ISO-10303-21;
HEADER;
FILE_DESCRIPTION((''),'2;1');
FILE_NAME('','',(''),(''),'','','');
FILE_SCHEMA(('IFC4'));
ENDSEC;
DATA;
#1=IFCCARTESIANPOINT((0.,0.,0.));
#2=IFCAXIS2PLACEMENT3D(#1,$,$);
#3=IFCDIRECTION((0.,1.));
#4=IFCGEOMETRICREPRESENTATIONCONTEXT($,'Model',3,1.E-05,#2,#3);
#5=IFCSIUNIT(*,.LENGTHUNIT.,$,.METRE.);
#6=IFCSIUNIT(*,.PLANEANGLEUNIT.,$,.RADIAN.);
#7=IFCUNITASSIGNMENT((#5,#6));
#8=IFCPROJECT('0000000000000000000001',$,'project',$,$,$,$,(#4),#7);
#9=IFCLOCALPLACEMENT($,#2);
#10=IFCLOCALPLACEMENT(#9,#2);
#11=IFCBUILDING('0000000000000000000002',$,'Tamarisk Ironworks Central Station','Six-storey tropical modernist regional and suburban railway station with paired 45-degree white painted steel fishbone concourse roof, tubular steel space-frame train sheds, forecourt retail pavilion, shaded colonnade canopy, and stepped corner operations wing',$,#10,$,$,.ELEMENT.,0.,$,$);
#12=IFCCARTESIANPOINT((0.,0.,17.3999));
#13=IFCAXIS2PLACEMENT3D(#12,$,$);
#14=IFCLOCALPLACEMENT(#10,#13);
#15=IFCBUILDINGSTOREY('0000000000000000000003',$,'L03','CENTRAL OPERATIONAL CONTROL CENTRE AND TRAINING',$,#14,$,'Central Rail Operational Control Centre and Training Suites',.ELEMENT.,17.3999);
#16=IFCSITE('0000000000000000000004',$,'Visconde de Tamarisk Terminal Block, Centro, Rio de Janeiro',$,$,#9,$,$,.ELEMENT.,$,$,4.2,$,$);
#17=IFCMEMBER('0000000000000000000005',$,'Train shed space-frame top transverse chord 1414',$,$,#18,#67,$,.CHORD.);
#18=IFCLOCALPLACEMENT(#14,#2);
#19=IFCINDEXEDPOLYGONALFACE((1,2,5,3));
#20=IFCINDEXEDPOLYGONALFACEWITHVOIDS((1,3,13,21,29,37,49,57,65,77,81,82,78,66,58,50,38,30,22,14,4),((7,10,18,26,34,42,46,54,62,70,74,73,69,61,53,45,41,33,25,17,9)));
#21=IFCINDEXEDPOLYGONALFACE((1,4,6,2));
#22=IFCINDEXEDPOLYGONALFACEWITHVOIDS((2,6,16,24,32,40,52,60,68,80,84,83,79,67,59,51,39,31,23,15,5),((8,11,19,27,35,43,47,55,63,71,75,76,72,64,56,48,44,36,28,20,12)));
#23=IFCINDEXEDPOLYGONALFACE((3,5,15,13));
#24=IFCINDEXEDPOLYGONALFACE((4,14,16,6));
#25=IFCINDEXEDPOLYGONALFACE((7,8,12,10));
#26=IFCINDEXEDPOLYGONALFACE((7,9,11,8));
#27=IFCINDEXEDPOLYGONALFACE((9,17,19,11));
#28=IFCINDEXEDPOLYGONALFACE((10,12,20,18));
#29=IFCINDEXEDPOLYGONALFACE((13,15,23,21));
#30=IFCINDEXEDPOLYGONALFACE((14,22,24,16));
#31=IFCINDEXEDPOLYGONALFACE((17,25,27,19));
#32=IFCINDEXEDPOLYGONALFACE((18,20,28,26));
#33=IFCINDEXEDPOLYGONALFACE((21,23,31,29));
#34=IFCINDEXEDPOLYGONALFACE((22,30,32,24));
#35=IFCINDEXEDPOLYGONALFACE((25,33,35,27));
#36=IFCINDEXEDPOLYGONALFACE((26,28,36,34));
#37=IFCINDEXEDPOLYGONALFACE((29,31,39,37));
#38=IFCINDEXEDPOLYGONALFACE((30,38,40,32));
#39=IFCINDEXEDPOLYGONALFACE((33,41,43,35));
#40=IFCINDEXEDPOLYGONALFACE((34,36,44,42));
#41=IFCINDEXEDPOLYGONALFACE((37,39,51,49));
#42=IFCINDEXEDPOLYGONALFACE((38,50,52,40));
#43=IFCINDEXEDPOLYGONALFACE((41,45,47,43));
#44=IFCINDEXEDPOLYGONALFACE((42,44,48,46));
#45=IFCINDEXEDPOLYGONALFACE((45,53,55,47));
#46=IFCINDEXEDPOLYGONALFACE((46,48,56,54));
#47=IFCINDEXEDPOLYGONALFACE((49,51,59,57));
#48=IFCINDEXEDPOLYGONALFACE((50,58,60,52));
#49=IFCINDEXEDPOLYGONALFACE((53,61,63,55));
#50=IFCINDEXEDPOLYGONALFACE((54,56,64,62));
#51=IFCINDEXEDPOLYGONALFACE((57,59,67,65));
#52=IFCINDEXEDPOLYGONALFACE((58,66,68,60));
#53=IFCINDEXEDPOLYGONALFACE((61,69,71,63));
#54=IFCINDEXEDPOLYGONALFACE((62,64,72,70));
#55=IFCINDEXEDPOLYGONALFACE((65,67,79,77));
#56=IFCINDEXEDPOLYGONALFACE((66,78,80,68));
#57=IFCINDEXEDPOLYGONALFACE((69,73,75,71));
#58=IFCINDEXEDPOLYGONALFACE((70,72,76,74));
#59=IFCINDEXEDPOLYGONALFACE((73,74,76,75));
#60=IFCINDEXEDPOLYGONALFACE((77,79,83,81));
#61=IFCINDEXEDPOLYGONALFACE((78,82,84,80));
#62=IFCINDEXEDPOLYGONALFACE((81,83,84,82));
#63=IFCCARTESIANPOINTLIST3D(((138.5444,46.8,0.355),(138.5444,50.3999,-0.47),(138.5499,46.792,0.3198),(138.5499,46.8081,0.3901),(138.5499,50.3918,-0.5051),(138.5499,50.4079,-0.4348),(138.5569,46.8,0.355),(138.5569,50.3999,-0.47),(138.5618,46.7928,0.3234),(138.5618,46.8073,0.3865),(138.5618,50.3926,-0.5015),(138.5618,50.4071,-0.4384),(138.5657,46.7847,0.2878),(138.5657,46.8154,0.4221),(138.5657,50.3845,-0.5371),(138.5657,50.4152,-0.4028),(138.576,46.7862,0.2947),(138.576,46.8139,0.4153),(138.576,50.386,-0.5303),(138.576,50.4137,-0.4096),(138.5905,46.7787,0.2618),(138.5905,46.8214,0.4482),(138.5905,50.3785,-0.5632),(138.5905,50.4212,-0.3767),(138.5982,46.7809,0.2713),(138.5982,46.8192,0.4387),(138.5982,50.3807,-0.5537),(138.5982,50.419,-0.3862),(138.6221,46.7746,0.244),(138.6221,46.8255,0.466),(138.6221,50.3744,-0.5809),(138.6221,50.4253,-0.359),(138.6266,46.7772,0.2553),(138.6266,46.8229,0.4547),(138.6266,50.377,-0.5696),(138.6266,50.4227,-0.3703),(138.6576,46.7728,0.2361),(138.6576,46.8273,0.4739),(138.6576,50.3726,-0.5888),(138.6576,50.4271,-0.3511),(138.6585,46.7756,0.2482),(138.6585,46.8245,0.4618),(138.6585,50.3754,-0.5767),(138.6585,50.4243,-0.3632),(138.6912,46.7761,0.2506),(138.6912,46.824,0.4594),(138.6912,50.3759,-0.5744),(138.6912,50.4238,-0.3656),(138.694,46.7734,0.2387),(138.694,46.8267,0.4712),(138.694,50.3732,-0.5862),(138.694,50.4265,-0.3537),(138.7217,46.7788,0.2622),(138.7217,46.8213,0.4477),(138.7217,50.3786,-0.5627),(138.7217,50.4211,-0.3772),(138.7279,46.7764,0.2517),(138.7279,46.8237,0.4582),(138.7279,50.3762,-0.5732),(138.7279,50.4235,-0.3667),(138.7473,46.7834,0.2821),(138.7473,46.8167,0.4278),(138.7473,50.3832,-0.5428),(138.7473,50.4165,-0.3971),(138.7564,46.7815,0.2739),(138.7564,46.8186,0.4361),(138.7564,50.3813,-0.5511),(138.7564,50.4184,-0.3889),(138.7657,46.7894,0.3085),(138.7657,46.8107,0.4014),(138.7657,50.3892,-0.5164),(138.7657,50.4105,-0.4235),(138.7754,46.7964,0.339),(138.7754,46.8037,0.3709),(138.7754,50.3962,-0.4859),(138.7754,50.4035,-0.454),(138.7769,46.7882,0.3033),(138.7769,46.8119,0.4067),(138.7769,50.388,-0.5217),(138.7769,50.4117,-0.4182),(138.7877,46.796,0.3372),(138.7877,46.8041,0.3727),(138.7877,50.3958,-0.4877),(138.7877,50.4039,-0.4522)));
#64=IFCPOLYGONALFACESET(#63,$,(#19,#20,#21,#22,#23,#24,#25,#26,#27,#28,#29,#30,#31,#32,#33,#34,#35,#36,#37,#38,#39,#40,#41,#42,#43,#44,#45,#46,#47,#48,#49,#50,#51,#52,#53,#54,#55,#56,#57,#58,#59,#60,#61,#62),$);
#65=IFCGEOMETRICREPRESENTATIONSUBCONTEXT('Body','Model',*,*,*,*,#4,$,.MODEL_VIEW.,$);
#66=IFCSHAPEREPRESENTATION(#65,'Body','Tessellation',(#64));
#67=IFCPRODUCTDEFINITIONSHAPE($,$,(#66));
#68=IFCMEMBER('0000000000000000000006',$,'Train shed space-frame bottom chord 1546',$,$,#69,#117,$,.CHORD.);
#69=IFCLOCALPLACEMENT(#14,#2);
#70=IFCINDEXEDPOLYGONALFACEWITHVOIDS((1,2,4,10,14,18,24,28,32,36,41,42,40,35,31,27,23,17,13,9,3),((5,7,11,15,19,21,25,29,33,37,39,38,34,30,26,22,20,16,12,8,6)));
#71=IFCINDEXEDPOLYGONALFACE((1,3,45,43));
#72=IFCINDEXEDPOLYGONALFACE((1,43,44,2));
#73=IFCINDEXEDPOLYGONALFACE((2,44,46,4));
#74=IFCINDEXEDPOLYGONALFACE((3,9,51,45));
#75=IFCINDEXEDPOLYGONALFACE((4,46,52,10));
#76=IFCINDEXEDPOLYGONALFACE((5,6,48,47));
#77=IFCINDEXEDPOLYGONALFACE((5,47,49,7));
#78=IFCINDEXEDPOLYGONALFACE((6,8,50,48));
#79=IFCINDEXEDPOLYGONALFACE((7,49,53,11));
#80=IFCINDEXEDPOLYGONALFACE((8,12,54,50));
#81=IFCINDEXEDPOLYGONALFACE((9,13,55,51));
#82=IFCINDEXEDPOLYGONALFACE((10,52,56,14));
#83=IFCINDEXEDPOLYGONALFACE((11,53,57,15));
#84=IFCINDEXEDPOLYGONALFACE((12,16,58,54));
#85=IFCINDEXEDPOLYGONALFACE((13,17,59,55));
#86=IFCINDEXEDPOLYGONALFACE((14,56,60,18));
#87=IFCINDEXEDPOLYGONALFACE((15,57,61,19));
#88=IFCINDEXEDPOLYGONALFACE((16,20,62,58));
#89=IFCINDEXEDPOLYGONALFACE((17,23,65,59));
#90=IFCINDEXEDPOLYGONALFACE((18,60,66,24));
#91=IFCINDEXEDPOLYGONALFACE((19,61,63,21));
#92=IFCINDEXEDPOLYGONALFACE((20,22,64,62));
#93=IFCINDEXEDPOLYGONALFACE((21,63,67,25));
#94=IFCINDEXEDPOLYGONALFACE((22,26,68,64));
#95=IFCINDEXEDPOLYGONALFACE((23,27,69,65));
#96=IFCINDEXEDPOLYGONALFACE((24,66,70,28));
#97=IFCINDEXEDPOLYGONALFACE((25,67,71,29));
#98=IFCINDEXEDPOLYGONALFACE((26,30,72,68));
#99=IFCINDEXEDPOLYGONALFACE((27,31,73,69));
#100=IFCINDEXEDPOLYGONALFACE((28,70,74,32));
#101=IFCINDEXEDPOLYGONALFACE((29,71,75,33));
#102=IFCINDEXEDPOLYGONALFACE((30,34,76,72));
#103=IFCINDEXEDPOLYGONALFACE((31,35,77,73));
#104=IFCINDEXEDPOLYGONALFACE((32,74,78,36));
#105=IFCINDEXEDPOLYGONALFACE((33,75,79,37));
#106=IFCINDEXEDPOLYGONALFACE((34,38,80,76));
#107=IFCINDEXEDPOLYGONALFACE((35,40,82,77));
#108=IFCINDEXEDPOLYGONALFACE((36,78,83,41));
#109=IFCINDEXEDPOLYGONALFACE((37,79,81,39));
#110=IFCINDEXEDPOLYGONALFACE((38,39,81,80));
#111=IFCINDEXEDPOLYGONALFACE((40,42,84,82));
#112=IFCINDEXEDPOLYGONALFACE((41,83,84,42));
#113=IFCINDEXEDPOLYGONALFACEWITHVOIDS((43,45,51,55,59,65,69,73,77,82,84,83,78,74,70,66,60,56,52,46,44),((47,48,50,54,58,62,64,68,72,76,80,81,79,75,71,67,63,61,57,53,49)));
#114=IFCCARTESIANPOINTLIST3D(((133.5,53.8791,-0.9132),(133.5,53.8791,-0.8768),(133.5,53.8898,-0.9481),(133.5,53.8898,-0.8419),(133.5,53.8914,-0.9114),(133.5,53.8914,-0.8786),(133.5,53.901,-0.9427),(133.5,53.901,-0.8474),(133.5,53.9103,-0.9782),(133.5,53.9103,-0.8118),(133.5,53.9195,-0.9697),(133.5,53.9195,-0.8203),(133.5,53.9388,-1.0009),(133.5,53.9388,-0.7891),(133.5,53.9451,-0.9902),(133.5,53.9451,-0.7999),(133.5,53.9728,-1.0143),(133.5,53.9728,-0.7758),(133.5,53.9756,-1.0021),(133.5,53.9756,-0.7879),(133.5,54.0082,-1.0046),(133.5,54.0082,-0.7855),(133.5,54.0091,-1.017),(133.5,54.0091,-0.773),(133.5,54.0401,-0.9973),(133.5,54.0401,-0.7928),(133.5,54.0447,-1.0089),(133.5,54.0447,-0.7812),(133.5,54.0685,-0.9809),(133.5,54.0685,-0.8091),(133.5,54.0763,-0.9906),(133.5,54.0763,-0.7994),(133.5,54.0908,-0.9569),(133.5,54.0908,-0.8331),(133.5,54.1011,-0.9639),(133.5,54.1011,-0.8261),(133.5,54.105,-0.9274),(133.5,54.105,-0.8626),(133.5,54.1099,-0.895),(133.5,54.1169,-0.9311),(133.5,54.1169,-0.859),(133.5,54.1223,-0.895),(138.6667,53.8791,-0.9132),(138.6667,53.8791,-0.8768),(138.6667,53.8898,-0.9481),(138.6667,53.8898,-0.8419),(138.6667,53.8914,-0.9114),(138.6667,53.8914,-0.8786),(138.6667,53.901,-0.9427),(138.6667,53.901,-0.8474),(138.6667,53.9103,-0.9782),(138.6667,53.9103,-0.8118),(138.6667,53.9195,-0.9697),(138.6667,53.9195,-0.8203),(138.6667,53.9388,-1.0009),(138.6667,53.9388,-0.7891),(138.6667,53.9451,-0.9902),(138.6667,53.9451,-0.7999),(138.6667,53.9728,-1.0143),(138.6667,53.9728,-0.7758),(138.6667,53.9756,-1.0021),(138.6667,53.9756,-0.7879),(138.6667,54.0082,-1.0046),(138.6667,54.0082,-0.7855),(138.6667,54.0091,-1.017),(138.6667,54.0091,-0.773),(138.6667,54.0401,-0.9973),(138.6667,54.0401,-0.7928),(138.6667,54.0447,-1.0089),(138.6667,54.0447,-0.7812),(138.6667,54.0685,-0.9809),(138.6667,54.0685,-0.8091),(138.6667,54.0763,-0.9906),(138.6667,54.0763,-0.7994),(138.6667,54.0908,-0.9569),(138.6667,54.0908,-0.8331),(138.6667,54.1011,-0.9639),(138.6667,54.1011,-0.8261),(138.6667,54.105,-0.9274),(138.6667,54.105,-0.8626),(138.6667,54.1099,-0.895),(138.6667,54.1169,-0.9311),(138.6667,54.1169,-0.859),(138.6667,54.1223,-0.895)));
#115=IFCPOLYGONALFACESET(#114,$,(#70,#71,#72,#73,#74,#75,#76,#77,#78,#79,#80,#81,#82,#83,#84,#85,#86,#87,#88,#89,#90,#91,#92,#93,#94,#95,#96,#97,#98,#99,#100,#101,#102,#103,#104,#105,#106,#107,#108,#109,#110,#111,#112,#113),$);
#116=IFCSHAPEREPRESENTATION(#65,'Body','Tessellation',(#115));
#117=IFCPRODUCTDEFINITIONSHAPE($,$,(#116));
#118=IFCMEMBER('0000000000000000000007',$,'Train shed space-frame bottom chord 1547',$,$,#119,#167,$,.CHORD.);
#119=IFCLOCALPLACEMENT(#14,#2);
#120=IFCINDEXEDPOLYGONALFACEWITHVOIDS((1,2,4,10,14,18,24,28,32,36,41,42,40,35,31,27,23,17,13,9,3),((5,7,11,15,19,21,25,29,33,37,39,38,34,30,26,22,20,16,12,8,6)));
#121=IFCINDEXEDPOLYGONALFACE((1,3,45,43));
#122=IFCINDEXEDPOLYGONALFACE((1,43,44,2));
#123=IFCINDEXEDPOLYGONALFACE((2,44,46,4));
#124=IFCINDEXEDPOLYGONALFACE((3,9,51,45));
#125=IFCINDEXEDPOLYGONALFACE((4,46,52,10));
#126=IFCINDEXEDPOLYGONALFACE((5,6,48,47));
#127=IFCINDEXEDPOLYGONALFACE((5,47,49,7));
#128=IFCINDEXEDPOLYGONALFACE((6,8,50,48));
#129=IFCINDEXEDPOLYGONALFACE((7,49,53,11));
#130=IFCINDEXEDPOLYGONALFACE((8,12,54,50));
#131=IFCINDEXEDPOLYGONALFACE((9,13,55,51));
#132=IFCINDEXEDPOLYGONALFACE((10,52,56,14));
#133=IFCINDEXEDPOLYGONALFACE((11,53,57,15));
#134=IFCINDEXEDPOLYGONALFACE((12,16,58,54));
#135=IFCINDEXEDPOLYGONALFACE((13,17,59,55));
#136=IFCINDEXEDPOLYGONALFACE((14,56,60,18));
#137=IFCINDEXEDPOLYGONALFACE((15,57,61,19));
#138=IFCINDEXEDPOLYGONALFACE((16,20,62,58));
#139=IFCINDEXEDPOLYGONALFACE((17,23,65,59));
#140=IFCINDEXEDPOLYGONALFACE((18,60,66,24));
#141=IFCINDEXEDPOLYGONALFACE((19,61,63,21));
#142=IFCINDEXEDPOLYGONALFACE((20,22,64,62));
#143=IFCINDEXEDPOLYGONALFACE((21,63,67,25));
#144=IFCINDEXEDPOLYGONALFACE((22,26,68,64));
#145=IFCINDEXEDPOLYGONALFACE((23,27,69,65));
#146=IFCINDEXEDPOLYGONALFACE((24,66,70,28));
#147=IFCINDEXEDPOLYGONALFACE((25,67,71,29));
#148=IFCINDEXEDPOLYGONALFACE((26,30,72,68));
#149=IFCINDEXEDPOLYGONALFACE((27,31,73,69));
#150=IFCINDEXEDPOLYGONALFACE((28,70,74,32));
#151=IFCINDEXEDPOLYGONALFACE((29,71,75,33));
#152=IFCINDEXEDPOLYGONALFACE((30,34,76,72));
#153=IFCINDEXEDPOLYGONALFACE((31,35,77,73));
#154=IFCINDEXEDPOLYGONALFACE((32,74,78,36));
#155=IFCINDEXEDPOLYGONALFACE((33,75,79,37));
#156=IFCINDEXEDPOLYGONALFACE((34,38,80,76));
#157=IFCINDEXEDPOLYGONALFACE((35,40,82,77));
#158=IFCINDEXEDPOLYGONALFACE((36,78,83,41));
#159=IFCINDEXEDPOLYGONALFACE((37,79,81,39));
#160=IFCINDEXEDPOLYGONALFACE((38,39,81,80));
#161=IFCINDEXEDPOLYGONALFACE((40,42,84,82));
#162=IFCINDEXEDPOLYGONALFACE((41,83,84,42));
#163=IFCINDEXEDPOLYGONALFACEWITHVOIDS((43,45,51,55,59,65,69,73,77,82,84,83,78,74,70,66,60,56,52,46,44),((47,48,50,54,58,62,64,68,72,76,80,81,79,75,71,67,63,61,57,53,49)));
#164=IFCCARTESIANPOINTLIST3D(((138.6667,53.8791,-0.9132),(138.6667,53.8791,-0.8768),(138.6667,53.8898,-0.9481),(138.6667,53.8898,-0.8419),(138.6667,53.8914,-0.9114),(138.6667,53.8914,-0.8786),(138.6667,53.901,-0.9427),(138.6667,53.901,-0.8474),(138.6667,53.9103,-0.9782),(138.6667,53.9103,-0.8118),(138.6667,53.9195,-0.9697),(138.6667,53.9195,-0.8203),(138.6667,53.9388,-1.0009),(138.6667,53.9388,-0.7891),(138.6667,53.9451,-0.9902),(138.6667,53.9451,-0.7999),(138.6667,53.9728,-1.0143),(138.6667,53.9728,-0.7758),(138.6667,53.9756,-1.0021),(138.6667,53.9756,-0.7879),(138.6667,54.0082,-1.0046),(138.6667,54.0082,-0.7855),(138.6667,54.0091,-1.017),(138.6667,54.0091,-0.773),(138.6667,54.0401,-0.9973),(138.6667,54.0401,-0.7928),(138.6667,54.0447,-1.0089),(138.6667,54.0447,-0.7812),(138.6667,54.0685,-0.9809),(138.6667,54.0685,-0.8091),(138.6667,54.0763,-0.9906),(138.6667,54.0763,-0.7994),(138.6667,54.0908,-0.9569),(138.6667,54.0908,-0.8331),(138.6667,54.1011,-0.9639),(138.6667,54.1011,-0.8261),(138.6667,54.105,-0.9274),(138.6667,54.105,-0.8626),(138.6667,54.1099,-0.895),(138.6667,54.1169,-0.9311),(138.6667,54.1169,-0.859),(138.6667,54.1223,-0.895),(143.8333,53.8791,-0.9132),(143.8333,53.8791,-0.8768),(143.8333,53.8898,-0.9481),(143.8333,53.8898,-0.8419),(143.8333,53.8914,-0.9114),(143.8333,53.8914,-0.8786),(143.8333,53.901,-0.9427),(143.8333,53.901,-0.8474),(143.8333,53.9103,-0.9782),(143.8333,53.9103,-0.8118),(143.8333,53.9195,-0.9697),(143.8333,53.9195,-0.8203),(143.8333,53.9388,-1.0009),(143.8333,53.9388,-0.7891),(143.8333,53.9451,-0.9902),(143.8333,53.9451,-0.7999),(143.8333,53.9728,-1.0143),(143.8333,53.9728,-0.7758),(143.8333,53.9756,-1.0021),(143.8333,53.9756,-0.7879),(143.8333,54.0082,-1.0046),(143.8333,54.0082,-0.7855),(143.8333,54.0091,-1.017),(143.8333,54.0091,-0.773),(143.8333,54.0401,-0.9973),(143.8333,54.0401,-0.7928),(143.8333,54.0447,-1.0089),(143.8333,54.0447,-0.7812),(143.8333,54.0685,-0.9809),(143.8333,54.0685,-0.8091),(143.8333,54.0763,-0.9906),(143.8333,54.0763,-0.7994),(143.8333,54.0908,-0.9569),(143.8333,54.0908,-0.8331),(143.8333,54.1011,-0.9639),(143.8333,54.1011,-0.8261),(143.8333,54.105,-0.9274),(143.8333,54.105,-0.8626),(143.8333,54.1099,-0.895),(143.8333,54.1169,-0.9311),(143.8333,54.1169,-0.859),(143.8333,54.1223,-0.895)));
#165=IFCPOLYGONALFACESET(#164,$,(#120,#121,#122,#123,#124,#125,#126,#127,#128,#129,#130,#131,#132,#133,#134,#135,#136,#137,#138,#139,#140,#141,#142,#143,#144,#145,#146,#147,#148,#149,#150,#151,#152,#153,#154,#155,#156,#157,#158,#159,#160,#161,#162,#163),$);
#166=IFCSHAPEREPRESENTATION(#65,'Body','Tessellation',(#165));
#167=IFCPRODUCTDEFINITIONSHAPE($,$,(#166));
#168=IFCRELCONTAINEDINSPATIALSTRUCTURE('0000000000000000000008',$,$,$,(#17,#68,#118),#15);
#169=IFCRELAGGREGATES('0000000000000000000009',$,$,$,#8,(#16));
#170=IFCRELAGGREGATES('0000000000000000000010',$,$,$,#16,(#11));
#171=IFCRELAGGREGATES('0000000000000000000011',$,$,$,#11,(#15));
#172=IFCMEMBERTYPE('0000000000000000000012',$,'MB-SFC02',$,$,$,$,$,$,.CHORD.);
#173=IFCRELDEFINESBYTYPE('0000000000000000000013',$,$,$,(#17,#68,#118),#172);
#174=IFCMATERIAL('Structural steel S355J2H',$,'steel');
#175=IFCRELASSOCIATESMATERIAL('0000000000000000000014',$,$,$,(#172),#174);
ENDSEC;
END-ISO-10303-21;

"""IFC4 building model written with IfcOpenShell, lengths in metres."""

from ifc_helpers import new_model, si_unit, direction, frame, origin, origin_2d, place, context, subcontext, project, spatial, hollow_circle, extrude, material, material_profile, profile_set, type_object, element, save


model = new_model("IFC4")

# Units and contexts
model_context = context("Model", 3, precision=1e-05, world=origin(), true_north=direction((0.0, 1.0)))
body_context = subcontext(model_context, "Body", "Model", "MODEL_VIEW")
ifc_project = project(units=[si_unit("LENGTHUNIT", "METRE"), si_unit("PLANEANGLEUNIT", "RADIAN")], contexts=[model_context])

# Site, building, storey
site_placement = place(None, origin())
site = spatial("IfcSite", under=ifc_project, at=site_placement, Name="Visconde de Tamarisk Terminal Block, Centro, Rio de Janeiro", CompositionType="ELEMENT", RefElevation=4.2)
building_placement = place(site_placement, origin())
building = spatial("IfcBuilding", under=site, at=building_placement, Name="Tamarisk Ironworks Central Station", Description="Six-storey tropical modernist regional and suburban railway station with paired 45-degree white painted steel fishbone concourse roof, tubular steel space-frame train sheds, forecourt retail pavilion, shaded colonnade canopy, and stepped corner operations wing", CompositionType="ELEMENT", ElevationOfRefHeight=0.0)
storey_placement = place(building_placement, frame((0.0, 0.0, 17.3999)))
storey = spatial("IfcBuildingStorey", under=building, at=storey_placement, Name="L03", Description="CENTRAL OPERATIONAL CONTROL CENTRE AND TRAINING", LongName="Central Rail Operational Control Centre and Training Suites", CompositionType="ELEMENT", Elevation=17.3999)

# Members
ifc_material = material(Name="Structural steel S355J2H", Category="steel")
ifc_material_profile_1 = material_profile(ifc_material, hollow_circle(Radius=0.1223, WallThickness=0.0125, at=origin_2d()), Name="CHS 244.5x12.5")
ifc_profile_set_1 = profile_set([ifc_material_profile_1], Name="Structural steel S355J2H")
member_type_1 = type_object("IfcMemberType", Name="MB-SFC02", PredefinedType="CHORD", material=ifc_profile_set_1)
member_1_placement = place(storey_placement, frame((138.6667, 46.8, 0.355), z_axis=(0.0, 0.974733, -0.223372), x_axis=(-1.0, 0.0, 0.0)))
element("IfcMember", 1, at=member_1_placement, inside=storey, type_object=member_type_1, Name="Train shed space-frame top transverse chord 1414", PredefinedType="CHORD", context=body_context, shape_type="SweptSolid", body=[
    extrude(hollow_circle(Radius=0.1223, WallThickness=0.0125, at=origin_2d()), origin(), (0.0, 0.0, 1.0), 3.6931),
])
member_2_placement = place(storey_placement, frame((133.5, 54.0, -0.895), z_axis=(1.0, 0.0, 0.0), x_axis=(0.0, 1.0, 0.0)))
element("IfcMember", 2, at=member_2_placement, inside=storey, type_object=member_type_1, Name="Train shed space-frame bottom chord 1546", PredefinedType="CHORD", context=body_context, shape_type="SweptSolid", body=[
    extrude(hollow_circle(Radius=0.1223, WallThickness=0.0125, at=origin_2d()), origin(), (0.0, 0.0, 1.0), 5.1667),
])
member_3_placement = place(storey_placement, frame((138.6667, 54.0, -0.895), z_axis=(1.0, 0.0, 0.0), x_axis=(0.0, 1.0, 0.0)))
element("IfcMember", 3, at=member_3_placement, inside=storey, type_object=member_type_1, Name="Train shed space-frame bottom chord 1547", PredefinedType="CHORD", context=body_context, shape_type="SweptSolid", body=[
    extrude(hollow_circle(Radius=0.1223, WallThickness=0.0125, at=origin_2d()), origin(), (0.0, 0.0, 1.0), 5.1665),
])

save(model, "model.ifc")
